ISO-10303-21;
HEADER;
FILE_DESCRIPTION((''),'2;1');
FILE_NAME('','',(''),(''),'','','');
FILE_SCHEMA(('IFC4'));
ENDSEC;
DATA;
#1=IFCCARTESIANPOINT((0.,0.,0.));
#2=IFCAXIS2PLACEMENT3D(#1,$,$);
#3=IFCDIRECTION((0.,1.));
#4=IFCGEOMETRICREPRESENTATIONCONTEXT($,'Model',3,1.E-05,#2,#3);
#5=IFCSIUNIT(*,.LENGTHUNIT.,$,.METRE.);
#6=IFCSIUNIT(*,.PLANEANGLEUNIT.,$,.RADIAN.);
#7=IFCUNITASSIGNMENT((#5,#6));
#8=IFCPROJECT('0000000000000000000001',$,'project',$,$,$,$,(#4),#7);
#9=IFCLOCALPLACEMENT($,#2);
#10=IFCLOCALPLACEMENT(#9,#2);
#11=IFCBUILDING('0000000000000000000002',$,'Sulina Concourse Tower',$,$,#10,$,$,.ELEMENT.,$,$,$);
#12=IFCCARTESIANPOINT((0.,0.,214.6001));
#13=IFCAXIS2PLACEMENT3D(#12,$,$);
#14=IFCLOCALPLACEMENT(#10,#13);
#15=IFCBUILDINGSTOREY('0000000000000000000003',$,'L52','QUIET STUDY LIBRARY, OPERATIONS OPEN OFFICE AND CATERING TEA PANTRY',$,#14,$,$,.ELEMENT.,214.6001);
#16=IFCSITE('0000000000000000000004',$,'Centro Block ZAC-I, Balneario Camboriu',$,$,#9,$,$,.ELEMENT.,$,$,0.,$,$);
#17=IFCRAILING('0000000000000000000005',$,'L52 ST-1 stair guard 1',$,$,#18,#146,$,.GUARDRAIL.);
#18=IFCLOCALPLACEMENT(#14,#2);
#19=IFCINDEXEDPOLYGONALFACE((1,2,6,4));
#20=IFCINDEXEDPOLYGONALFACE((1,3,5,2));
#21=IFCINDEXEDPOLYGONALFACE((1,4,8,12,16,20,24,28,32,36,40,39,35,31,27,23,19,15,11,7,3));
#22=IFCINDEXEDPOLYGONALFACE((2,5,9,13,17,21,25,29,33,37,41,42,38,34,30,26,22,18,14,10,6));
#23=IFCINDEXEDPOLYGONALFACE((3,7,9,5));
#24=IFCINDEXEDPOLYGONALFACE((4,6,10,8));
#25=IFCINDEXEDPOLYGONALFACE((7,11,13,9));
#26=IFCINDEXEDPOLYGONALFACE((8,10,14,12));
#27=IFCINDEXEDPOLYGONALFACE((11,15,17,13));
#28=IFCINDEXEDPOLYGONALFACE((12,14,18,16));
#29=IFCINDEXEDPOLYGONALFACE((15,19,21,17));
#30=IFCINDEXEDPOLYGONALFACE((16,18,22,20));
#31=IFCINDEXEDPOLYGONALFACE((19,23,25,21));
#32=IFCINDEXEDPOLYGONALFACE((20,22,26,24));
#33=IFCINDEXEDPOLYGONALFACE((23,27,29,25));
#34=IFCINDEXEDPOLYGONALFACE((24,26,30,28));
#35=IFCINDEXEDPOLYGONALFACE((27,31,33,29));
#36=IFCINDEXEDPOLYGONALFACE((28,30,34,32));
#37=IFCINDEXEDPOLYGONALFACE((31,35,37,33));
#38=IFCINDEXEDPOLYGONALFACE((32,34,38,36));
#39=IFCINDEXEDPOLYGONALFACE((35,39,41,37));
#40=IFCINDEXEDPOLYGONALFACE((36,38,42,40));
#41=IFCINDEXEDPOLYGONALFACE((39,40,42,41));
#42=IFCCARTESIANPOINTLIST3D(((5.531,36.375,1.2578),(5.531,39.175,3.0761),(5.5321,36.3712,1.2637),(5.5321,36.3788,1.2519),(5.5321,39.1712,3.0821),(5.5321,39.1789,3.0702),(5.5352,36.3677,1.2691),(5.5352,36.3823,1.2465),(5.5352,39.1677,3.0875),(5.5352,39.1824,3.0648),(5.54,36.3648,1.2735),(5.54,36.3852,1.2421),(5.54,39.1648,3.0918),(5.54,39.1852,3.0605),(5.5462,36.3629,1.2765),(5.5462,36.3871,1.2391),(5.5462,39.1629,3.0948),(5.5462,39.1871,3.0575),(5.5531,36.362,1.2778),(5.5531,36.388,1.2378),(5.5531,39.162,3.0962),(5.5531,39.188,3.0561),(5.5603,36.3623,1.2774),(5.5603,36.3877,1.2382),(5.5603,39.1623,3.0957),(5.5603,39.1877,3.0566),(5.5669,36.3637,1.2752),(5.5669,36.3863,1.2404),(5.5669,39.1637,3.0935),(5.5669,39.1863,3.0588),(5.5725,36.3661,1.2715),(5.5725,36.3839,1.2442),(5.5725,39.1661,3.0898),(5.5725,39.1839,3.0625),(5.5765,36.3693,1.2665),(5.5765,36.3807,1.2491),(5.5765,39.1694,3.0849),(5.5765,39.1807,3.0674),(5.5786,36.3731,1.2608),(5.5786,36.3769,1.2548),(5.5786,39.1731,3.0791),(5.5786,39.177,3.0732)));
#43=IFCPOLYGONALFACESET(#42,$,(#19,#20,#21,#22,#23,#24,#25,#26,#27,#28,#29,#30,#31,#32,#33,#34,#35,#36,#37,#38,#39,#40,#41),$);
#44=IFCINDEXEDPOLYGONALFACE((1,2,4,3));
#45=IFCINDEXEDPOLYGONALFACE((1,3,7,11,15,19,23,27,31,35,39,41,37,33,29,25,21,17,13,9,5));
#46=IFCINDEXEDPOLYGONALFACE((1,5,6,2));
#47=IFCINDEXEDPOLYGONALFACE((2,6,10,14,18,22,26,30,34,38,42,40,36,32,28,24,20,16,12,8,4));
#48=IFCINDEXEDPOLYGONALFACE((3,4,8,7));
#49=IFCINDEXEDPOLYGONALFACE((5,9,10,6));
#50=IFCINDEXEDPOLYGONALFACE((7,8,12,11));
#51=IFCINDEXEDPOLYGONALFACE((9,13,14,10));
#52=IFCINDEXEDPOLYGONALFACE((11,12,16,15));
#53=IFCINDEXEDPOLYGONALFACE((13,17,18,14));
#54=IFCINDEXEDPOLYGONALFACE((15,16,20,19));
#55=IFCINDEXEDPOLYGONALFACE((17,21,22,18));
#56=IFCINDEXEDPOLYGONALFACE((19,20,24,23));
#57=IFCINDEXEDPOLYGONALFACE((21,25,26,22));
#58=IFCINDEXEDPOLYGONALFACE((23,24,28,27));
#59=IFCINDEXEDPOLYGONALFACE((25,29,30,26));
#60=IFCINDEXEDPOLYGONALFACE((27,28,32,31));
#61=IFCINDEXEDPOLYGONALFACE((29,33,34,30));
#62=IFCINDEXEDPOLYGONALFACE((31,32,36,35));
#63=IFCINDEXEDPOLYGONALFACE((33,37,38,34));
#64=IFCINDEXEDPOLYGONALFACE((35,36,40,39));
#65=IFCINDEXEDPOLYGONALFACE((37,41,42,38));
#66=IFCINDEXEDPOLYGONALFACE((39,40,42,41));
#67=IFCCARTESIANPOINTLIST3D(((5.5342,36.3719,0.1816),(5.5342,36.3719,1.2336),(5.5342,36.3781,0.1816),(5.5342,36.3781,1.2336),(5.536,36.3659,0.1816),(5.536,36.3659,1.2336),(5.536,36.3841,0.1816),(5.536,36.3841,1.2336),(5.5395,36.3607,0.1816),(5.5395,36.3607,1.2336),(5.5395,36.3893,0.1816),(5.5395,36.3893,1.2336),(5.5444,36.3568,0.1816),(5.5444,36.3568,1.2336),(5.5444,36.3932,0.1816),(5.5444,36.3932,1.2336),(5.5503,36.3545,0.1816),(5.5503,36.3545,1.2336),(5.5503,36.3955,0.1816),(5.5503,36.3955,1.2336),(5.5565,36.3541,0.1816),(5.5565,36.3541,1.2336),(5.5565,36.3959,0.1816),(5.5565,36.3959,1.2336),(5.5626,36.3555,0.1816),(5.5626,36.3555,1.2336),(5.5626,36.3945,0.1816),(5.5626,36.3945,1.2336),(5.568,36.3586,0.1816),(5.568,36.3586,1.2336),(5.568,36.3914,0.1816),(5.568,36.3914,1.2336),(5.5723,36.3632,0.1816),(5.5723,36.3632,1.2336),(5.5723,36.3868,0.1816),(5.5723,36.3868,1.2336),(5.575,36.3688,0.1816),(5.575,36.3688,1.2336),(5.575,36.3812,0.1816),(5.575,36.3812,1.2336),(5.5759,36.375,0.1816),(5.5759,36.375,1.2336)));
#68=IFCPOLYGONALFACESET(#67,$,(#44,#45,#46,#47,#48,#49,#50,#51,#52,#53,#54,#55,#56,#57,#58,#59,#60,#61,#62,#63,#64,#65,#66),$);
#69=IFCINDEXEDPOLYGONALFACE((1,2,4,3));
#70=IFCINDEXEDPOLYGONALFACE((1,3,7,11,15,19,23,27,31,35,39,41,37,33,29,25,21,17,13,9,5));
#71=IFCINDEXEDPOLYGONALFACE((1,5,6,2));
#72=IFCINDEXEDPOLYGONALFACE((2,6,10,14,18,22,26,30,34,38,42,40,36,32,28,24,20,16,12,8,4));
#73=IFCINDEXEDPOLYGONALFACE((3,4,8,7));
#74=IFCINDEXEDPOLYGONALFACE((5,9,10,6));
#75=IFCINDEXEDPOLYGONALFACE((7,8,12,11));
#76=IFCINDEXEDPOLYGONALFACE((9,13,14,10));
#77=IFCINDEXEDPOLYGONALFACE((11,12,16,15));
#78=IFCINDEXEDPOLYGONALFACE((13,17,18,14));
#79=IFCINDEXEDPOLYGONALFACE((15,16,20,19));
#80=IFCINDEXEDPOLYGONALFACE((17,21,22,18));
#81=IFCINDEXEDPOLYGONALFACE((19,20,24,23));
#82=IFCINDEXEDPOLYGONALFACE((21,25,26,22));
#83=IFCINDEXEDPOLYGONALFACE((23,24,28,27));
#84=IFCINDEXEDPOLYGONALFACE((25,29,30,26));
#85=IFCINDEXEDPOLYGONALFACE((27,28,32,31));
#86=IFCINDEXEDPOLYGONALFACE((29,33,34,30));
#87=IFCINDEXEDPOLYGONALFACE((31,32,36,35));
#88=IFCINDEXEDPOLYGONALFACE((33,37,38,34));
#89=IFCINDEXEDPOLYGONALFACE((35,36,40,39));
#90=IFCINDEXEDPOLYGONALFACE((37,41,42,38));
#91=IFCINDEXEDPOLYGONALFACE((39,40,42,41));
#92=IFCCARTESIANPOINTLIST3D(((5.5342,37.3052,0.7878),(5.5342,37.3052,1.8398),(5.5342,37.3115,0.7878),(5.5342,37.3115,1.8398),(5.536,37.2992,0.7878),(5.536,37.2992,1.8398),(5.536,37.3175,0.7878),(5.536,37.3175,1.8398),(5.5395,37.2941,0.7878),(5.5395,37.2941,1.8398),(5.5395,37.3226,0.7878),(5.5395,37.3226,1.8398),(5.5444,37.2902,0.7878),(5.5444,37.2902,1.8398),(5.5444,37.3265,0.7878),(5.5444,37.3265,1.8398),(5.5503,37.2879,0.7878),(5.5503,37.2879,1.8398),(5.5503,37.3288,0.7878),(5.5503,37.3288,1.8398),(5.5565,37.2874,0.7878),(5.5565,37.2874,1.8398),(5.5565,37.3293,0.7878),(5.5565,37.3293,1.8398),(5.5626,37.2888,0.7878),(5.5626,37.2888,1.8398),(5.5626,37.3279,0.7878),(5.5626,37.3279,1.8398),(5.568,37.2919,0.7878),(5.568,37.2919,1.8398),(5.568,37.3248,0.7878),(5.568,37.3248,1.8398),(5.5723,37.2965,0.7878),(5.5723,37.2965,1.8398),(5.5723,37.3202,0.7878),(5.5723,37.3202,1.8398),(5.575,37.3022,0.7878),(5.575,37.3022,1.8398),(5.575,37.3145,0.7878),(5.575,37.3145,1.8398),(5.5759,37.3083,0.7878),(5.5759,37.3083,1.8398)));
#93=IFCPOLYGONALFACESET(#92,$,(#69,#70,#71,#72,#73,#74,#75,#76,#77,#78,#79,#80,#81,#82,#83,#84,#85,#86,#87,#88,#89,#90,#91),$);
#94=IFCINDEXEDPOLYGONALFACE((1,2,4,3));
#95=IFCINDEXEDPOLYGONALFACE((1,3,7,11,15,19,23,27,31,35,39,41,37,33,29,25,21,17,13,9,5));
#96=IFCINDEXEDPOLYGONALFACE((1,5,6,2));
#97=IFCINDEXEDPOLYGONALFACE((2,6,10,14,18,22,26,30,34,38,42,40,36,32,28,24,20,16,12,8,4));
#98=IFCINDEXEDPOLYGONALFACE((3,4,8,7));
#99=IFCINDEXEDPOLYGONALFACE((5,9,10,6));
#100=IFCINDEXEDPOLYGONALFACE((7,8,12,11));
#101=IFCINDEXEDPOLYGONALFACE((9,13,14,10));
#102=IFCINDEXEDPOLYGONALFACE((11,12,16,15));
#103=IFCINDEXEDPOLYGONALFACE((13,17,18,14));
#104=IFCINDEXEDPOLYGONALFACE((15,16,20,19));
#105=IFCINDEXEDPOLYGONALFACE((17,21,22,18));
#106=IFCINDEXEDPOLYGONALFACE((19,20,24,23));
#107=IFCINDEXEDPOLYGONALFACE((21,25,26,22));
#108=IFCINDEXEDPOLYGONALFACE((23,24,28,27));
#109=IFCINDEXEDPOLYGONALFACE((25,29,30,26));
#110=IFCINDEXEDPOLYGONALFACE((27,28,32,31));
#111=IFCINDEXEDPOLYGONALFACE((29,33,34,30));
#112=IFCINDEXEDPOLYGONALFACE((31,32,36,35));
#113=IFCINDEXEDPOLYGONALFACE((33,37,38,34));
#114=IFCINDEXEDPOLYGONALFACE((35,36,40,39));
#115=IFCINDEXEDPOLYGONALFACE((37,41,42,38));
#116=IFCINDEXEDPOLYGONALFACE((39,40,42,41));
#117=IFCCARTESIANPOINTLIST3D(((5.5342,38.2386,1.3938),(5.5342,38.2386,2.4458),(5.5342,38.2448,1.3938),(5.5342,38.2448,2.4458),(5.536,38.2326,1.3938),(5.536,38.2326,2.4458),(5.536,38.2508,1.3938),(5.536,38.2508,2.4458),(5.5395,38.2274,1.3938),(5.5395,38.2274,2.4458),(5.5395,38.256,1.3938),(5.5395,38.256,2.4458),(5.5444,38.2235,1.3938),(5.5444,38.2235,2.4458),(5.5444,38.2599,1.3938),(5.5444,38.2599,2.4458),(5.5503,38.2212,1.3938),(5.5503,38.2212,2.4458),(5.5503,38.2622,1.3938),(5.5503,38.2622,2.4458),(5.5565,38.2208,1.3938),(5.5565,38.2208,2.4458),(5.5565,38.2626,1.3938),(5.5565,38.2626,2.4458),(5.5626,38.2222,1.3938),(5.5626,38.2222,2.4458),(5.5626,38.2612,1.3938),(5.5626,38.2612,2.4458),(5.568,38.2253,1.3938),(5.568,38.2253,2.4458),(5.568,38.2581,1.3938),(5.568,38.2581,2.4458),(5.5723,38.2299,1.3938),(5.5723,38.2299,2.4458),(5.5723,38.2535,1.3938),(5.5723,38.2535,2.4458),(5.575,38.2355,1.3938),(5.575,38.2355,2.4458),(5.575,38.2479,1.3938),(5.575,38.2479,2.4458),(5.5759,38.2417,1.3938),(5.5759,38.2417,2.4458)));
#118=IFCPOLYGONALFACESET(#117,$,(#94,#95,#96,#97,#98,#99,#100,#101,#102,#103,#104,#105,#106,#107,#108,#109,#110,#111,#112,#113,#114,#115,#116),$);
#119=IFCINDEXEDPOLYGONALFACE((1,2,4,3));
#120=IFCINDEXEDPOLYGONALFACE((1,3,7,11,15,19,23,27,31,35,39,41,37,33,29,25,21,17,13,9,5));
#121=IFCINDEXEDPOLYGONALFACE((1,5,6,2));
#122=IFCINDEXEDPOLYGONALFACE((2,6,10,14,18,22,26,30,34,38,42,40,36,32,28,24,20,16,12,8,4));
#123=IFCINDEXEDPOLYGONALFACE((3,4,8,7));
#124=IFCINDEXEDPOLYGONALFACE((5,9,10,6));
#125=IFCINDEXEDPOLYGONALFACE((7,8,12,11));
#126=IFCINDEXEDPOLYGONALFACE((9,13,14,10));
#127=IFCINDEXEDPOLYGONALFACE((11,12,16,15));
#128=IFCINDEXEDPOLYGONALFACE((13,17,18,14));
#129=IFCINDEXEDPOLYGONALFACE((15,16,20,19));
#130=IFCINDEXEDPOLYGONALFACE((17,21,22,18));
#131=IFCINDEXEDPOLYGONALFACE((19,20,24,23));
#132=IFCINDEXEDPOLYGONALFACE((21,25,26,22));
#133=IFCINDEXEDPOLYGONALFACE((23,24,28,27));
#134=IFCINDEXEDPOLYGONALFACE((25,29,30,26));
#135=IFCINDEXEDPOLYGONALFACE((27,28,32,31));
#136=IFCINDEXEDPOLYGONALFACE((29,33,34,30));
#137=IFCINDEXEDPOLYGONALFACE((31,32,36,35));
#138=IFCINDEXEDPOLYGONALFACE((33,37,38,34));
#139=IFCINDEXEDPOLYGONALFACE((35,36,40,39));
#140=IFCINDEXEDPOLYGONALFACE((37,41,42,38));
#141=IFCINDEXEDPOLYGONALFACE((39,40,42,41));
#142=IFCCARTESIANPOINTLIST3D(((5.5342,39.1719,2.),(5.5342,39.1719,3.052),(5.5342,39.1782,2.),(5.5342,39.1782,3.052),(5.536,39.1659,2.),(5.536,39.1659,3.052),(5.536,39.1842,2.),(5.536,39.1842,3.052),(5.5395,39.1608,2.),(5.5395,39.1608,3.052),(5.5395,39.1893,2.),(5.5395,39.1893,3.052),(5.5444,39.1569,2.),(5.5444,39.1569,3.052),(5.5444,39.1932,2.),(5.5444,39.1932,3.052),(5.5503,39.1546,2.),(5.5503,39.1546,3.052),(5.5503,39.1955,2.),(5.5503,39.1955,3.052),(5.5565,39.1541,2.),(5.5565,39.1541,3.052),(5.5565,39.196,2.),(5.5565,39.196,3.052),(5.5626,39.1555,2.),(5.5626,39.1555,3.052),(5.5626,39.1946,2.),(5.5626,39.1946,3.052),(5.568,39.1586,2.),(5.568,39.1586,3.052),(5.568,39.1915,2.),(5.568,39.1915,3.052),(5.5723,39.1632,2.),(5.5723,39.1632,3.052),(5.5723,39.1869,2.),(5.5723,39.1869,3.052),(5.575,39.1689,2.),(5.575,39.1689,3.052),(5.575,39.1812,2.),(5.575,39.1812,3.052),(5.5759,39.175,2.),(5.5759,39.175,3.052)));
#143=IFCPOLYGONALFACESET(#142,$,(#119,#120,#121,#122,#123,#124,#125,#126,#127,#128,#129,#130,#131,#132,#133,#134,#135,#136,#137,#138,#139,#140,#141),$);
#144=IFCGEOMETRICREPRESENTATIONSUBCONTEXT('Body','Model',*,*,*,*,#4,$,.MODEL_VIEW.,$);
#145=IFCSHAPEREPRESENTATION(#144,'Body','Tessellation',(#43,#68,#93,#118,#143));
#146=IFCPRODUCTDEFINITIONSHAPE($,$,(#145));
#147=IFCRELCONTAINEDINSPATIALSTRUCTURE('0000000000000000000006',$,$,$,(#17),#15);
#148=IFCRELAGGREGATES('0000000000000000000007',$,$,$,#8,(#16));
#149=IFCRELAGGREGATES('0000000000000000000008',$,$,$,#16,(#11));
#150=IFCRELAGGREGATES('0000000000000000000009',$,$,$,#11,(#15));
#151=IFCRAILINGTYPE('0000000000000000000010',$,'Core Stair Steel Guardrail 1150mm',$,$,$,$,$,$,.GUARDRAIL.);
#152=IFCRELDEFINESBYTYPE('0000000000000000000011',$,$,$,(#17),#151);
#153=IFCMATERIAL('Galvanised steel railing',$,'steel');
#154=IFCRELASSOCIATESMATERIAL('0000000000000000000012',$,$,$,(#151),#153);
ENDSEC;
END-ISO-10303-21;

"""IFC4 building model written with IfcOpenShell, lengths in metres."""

from ifc_helpers import new_model, si_unit, direction, frame, origin, origin_2d, place, context, subcontext, project, spatial, circle, extrude, material, type_object, element, save


model = new_model("IFC4")

# Units and contexts
model_context = context("Model", 3, precision=1e-05, world=origin(), true_north=direction((0.0, 1.0)))
body_context = subcontext(model_context, "Body", "Model", "MODEL_VIEW")
ifc_project = project(units=[si_unit("LENGTHUNIT", "METRE"), si_unit("PLANEANGLEUNIT", "RADIAN")], contexts=[model_context])

# Site, building, storey
site_placement = place(None, origin())
site = spatial("IfcSite", under=ifc_project, at=site_placement, Name="Centro Block ZAC-I, Balneario Camboriu", CompositionType="ELEMENT", RefElevation=0.0)
building_placement = place(site_placement, origin())
building = spatial("IfcBuilding", under=site, at=building_placement, Name="Sulina Concourse Tower", CompositionType="ELEMENT")
storey_placement = place(building_placement, frame((0.0, 0.0, 214.6001)))
storey = spatial("IfcBuildingStorey", under=building, at=storey_placement, Name="L52", Description="QUIET STUDY LIBRARY, OPERATIONS OPEN OFFICE AND CATERING TEA PANTRY", CompositionType="ELEMENT", Elevation=214.6001)

# Railing
ifc_material_1 = material(Name="Galvanised steel railing", Category="steel")
railing_type_1 = type_object("IfcRailingType", Name="Core Stair Steel Guardrail 1150mm", PredefinedType="GUARDRAIL", material=ifc_material_1)
railing_1_placement = place(storey_placement, frame((5.5549, 36.375, 0.1816)))
element("IfcRailing", 1, at=railing_1_placement, inside=storey, type_object=railing_type_1, Name="L52 ST-1 stair guard 1", PredefinedType="GUARDRAIL", context=body_context, shape_type="SweptSolid", body=[
    extrude(circle(Radius=0.0239, at=origin_2d()), frame((0.0, 0.0, 1.0762), z_axis=(0.0, 0.838672, 0.544636), x_axis=(-1.0, 0.0, 0.0)), (0.0, 0.0, 1.0), 3.3386),
    extrude(circle(Radius=0.021, at=origin_2d()), origin(), (0.0, 0.0, 1.0), 1.052),
    extrude(circle(Radius=0.021, at=origin_2d()), frame((0.0, 0.9333, 0.6062)), (0.0, 0.0, 1.0), 1.052),
    extrude(circle(Radius=0.021, at=origin_2d()), frame((0.0, 1.8667, 1.2122)), (0.0, 0.0, 1.0), 1.052),
    extrude(circle(Radius=0.021, at=origin_2d()), frame((0.0, 2.8, 1.8184)), (0.0, 0.0, 1.0), 1.052),
])

save(model, "model.ifc")
